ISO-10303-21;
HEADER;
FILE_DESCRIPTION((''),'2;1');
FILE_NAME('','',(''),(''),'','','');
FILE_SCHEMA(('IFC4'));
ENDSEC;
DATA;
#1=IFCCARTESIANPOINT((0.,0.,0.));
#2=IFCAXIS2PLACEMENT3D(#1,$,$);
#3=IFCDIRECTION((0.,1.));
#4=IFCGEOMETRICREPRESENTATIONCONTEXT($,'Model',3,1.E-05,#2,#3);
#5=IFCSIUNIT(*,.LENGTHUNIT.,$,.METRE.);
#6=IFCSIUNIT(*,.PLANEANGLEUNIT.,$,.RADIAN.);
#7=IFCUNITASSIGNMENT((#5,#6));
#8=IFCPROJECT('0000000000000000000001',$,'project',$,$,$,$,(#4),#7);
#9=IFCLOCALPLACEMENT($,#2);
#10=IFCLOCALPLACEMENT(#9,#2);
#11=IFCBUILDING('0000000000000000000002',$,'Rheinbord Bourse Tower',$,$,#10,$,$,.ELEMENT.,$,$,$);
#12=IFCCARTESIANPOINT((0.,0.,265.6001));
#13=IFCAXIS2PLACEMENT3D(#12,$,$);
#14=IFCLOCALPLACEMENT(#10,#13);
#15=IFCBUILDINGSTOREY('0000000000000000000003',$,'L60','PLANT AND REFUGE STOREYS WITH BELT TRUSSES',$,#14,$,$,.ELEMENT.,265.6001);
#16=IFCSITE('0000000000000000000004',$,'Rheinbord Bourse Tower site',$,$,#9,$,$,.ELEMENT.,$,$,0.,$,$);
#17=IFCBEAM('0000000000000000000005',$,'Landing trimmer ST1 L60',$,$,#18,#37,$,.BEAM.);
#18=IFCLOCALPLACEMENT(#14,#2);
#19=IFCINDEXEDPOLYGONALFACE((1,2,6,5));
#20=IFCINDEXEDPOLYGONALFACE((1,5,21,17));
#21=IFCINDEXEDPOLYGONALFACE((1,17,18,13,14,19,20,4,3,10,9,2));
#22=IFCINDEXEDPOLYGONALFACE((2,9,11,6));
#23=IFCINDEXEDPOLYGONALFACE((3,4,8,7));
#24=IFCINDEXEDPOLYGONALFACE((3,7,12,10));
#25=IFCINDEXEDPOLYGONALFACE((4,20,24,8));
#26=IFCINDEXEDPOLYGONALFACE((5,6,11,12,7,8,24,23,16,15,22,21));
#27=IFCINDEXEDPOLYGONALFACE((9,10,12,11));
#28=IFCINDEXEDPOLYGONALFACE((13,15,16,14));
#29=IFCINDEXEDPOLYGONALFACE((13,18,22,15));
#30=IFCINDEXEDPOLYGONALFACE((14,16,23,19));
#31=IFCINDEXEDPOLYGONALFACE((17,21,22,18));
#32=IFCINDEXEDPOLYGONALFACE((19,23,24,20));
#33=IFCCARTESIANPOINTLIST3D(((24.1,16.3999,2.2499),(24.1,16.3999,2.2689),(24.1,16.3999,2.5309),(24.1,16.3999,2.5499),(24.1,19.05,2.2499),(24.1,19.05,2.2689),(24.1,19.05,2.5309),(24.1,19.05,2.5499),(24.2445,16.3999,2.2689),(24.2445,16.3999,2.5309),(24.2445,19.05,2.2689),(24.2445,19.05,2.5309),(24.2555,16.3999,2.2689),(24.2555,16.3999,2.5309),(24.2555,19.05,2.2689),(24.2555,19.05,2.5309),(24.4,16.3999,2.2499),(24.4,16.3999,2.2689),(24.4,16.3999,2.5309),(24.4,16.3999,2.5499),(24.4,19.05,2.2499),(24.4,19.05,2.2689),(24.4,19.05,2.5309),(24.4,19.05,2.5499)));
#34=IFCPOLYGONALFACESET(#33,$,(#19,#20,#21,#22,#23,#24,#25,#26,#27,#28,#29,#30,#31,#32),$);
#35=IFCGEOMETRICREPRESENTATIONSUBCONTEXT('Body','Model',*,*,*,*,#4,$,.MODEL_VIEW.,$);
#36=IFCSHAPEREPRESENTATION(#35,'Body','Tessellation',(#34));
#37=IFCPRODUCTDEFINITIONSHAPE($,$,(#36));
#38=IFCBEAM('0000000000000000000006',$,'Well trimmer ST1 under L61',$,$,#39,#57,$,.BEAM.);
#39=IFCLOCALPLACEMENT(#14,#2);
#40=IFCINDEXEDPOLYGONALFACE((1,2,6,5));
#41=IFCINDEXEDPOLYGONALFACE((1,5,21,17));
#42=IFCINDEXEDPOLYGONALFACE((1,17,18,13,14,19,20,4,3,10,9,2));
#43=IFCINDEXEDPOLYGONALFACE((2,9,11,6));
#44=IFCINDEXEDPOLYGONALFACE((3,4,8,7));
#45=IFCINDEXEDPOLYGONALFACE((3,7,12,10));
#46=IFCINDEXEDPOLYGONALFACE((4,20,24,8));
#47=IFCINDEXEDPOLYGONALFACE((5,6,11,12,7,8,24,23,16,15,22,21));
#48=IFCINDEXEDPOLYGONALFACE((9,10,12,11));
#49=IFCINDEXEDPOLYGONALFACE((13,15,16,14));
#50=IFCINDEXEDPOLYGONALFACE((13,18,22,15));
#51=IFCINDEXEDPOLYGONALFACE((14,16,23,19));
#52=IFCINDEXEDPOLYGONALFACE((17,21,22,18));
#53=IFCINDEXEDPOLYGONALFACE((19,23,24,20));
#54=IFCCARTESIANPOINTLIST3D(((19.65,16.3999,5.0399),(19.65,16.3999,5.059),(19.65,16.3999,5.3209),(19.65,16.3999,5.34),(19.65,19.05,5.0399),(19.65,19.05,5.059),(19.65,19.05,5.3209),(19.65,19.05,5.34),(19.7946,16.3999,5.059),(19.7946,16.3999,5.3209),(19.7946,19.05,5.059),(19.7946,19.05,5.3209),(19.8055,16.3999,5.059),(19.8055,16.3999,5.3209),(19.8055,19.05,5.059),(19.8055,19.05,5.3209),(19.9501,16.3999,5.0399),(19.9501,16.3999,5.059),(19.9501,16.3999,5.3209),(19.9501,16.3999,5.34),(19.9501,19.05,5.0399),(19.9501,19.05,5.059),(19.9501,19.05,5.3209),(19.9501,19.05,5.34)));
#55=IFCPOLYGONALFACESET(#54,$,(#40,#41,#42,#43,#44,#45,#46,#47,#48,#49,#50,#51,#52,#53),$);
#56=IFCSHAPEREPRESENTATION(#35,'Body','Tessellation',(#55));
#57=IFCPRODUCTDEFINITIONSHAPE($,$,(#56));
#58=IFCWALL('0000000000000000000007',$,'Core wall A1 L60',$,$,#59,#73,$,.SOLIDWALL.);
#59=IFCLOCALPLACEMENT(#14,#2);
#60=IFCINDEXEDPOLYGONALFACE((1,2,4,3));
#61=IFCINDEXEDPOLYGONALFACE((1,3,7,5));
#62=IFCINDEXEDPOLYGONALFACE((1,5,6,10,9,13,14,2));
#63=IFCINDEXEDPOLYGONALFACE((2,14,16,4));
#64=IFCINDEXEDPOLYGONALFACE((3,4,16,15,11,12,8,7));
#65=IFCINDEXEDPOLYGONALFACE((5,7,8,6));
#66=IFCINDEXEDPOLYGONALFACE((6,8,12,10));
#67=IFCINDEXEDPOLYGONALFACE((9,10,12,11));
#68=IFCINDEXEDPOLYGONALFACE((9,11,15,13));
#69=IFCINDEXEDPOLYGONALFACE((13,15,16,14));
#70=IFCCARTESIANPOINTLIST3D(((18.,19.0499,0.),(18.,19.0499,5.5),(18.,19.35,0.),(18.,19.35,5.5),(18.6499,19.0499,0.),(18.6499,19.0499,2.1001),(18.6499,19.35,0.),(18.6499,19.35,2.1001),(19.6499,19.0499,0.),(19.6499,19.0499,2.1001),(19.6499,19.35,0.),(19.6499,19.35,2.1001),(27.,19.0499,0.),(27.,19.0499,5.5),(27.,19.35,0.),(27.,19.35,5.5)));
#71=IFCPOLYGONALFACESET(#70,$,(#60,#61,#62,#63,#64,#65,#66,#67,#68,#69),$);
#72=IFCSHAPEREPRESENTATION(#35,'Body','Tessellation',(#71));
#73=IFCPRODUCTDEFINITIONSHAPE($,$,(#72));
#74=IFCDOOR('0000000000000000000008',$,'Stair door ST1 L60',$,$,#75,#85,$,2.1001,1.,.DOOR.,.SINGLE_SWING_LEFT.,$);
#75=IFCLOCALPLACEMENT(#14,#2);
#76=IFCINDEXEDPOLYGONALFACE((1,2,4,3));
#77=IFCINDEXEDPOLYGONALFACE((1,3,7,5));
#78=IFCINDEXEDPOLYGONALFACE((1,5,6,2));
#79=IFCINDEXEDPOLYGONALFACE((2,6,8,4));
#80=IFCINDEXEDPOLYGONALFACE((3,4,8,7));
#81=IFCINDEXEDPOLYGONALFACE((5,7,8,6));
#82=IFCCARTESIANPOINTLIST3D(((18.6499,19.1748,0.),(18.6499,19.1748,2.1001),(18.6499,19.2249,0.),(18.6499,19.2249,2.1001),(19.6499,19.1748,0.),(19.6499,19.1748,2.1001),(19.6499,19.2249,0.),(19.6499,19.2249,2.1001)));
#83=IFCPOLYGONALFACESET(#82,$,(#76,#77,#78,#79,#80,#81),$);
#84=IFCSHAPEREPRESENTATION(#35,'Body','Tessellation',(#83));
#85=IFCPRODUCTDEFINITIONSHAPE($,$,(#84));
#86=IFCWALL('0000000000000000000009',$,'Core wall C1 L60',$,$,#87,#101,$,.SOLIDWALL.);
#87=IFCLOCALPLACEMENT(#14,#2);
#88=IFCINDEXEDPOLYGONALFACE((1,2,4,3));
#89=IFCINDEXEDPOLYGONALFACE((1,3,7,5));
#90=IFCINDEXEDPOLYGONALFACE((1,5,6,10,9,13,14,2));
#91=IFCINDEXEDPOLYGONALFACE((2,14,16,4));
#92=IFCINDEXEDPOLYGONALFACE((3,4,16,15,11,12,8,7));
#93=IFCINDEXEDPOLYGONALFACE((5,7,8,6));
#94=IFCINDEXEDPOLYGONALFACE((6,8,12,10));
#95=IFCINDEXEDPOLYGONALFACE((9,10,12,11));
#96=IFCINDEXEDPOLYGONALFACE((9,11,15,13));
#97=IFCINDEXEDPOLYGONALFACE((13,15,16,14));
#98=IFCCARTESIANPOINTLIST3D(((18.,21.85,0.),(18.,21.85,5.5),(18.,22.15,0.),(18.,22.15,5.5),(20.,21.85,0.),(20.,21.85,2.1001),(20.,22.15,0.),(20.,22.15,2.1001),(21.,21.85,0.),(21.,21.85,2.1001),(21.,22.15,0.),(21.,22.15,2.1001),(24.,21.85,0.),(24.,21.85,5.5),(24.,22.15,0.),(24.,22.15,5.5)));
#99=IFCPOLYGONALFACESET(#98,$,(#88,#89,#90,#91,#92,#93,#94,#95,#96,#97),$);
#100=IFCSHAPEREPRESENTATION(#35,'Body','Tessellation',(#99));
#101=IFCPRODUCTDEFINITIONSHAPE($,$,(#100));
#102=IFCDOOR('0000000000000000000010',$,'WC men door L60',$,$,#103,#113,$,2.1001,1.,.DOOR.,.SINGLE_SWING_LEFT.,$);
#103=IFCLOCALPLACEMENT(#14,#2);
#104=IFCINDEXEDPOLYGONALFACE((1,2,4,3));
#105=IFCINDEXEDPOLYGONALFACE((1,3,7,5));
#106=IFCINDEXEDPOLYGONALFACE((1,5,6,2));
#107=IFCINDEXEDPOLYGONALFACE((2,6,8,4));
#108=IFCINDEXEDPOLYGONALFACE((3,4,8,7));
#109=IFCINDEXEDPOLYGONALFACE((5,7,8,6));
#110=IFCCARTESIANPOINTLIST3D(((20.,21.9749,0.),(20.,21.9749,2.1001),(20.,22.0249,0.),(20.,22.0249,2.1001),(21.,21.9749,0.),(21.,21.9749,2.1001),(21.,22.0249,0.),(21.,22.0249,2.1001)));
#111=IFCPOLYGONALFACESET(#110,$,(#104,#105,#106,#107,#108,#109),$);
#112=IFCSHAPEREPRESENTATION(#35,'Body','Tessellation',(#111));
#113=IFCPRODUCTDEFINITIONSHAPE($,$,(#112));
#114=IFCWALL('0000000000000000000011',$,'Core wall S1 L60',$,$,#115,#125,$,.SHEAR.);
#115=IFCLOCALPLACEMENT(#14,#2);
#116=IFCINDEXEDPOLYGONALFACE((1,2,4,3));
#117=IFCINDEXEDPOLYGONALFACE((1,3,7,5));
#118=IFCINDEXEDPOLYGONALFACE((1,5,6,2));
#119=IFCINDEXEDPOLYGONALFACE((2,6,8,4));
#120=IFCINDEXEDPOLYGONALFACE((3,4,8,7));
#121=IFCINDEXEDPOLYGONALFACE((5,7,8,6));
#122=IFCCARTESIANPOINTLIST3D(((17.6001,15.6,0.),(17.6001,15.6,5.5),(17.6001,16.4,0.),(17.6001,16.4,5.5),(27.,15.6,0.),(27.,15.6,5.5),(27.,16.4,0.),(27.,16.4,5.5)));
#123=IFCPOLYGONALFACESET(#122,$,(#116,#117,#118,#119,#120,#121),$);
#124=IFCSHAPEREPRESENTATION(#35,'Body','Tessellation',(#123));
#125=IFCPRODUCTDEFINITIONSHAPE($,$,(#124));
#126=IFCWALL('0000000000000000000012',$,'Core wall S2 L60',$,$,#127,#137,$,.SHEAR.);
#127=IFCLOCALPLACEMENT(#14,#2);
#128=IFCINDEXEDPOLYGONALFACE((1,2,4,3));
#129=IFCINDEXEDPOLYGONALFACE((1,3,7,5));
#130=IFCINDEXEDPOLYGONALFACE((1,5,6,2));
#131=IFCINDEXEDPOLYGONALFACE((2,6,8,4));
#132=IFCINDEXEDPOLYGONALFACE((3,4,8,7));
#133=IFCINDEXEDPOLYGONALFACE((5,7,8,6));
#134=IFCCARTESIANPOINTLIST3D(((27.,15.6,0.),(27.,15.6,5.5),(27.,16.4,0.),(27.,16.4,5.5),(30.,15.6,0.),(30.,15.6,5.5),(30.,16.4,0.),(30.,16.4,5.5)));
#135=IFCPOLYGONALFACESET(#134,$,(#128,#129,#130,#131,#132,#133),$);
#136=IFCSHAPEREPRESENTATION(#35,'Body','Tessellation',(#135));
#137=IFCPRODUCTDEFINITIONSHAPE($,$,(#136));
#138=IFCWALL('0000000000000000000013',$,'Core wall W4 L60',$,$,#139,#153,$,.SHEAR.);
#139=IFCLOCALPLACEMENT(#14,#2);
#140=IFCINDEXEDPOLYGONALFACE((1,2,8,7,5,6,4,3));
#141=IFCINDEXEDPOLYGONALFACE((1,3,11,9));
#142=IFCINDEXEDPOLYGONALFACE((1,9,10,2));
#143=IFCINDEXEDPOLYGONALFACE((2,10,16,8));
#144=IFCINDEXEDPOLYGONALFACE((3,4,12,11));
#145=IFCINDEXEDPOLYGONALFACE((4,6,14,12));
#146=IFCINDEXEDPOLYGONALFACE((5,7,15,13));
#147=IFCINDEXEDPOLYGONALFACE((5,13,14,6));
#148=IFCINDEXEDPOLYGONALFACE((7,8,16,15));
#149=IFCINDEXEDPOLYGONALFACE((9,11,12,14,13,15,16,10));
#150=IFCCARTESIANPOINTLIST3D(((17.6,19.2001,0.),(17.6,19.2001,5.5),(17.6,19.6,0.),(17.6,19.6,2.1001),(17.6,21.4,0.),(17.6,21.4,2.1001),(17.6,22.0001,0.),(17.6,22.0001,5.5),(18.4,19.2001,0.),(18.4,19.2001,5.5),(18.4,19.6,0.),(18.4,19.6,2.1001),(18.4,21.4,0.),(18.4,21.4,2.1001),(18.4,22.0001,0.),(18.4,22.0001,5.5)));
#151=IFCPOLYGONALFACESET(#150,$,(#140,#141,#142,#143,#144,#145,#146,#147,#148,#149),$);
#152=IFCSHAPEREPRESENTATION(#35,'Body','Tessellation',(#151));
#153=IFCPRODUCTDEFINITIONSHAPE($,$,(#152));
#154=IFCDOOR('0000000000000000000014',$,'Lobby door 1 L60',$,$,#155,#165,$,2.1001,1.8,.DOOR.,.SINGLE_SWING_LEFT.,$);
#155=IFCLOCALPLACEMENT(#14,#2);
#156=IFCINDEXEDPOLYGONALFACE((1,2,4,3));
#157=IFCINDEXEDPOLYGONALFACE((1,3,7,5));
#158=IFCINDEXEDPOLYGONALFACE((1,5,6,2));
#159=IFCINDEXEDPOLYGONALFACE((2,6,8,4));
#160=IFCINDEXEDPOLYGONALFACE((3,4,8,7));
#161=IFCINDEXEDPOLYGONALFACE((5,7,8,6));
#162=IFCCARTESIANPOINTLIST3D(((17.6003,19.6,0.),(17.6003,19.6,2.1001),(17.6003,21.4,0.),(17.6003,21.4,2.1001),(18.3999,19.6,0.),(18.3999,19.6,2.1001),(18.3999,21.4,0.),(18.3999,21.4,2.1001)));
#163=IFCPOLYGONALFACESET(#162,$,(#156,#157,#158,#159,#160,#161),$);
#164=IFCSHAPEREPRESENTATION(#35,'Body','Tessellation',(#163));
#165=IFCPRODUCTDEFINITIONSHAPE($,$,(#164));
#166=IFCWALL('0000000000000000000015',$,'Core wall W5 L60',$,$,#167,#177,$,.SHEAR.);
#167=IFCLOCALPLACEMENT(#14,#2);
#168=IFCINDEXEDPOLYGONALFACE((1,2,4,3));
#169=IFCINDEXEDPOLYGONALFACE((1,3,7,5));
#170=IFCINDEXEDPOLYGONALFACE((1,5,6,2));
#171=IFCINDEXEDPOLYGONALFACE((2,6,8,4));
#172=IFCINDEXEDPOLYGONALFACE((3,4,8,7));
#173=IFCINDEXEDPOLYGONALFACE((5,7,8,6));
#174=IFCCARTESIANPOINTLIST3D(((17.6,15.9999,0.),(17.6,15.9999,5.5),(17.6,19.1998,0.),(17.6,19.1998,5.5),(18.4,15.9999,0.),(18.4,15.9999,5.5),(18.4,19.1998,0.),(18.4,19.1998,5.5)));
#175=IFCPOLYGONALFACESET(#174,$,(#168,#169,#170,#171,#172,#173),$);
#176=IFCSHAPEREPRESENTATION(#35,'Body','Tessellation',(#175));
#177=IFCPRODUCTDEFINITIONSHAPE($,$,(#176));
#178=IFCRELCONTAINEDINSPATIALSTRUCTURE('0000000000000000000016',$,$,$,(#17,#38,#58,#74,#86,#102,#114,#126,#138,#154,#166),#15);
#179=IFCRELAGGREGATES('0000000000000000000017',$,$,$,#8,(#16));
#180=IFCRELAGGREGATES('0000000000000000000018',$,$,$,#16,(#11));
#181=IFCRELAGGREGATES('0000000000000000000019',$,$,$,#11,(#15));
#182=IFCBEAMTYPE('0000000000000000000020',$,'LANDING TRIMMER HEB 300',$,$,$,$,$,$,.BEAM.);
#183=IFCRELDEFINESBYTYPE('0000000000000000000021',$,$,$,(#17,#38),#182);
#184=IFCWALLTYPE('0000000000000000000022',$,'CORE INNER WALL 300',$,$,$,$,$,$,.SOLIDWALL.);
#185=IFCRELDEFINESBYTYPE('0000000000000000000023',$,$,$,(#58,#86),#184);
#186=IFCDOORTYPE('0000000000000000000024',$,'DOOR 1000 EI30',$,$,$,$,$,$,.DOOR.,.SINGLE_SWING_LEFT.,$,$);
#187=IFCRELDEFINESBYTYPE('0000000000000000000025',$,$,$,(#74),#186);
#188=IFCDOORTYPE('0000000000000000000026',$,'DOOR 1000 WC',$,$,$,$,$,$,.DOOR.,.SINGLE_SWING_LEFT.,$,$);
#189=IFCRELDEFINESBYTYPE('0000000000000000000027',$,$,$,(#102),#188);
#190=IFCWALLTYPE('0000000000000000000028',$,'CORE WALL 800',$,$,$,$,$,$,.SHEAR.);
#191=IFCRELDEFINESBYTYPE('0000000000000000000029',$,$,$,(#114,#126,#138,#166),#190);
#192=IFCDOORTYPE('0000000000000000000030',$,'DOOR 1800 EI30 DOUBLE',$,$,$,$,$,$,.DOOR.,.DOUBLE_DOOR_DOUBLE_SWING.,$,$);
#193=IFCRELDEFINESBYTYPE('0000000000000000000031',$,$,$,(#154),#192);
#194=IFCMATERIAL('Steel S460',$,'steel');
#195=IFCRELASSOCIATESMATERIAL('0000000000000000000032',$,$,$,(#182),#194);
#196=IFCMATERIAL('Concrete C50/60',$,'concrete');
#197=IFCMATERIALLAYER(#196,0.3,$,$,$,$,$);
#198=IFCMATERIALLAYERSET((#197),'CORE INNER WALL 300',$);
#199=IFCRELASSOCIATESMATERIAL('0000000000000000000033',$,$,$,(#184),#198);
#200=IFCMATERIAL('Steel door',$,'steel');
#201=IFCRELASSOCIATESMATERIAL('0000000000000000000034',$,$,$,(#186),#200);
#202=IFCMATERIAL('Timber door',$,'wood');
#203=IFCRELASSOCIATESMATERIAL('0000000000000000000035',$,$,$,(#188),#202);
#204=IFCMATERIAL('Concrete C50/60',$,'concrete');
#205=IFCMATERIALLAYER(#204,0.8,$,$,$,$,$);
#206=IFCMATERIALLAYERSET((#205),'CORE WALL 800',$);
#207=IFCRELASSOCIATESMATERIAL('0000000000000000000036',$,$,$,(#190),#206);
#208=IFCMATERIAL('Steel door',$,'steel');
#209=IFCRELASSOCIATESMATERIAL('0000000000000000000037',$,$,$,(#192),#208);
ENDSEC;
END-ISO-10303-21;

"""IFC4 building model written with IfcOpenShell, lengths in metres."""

from ifc_helpers import new_model, si_unit, direction, frame, frame_2d, origin, origin_2d, place, context, subcontext, project, spatial, rectangle, i_section, extrude, material, layer, layer_set, material_profile, profile_set, type_object, element, fill, save


model = new_model("IFC4")

# Units and contexts
model_context = context("Model", 3, precision=1e-05, world=origin(), true_north=direction((0.0, 1.0)))
body_context = subcontext(model_context, "Body", "Model", "MODEL_VIEW")
ifc_project = project(units=[si_unit("LENGTHUNIT", "METRE"), si_unit("PLANEANGLEUNIT", "RADIAN")], contexts=[model_context])

# Site, building, storey
site_placement = place(None, origin())
site = spatial("IfcSite", under=ifc_project, at=site_placement, Name="Rheinbord Bourse Tower site", CompositionType="ELEMENT", RefElevation=0.0)
building_placement = place(site_placement, origin())
building = spatial("IfcBuilding", under=site, at=building_placement, Name="Rheinbord Bourse Tower", CompositionType="ELEMENT")
storey_placement = place(building_placement, frame((0.0, 0.0, 265.6001)))
storey = spatial("IfcBuildingStorey", under=building, at=storey_placement, Name="L60", Description="PLANT AND REFUGE STOREYS WITH BELT TRUSSES", CompositionType="ELEMENT", Elevation=265.6001)

# Beams
ifc_material_1 = material(Name="Steel S460", Category="steel")
ifc_material_profile_1 = material_profile(ifc_material_1, i_section(OverallWidth=0.3, OverallDepth=0.3, WebThickness=0.011, FlangeThickness=0.019, at=origin_2d()), Name="HEB 300")
ifc_profile_set_1 = profile_set([ifc_material_profile_1], Name="Steel S460")
beam_type_1 = type_object("IfcBeamType", Name="LANDING TRIMMER HEB 300", PredefinedType="BEAM", material=ifc_profile_set_1)
for number, where, z_axis, x_axis, name in (
    (1, (24.25, 16.3999, 2.3999), (0.0, 1.0, 0.0), (-1.0, 0.0, 0.0), "Landing trimmer ST1 L60"),
    (2, (19.8, 16.3999, 5.1899), (0.0, 1.0, 0.0), (-1.0, 0.0, 0.0), "Well trimmer ST1 under L61"),
):
    element("IfcBeam", number, at=place(storey_placement, frame(where, z_axis=z_axis, x_axis=x_axis)), inside=storey, type_object=beam_type_1, Name=name, PredefinedType="BEAM", context=body_context, shape_type="SweptSolid", body=[
        extrude(i_section(OverallWidth=0.3, OverallDepth=0.3, WebThickness=0.011, FlangeThickness=0.019, at=origin_2d()), origin(), (0.0, 0.0, 1.0), 2.6501),
    ])

# Walls, openings, doors
ifc_material_2 = material(Name="Concrete C50/60", Category="concrete")
ifc_layer_1 = layer(ifc_material_2, 0.3)
ifc_layer_set_1 = layer_set([ifc_layer_1], Name="CORE INNER WALL 300")
wall_type_1 = type_object("IfcWallType", Name="CORE INNER WALL 300", PredefinedType="SOLIDWALL", material=ifc_layer_set_1)
wall_1_placement = place(storey_placement, frame((18.0, 19.2, 0.0), z_axis=(0.0, 0.0, 1.0), x_axis=(1.0, 0.0, 0.0)))
wall_1 = element("IfcWall", 3, at=wall_1_placement, inside=storey, type_object=wall_type_1, Name="Core wall A1 L60", PredefinedType="SOLIDWALL", context=body_context, shape_type="SweptSolid", body=[
    extrude(rectangle(XDim=9.0, YDim=0.3, at=frame_2d((4.5, 0.0))), origin(), (0.0, 0.0, 1.0), 5.5),
])
opening_1_placement = place(wall_1_placement, frame((0.6499, 0.0, 0.0)))
opening_1 = element("IfcOpeningElement", 4, at=opening_1_placement, cuts=wall_1, PredefinedType="OPENING", context=body_context, shape_type="SweptSolid", body=[
    extrude(rectangle(XDim=1.0, YDim=2.1001, at=frame_2d((0.5, 1.05))), frame((0.0, 0.1599, 0.0), z_axis=(0.0, -1.0, 0.0), x_axis=(1.0, 0.0, 0.0)), (0.0, 0.0, 1.0), 0.3201),
])
ifc_material_3 = material(Name="Steel door", Category="steel")
door_type_1 = type_object("IfcDoorType", Name="DOOR 1000 EI30", OperationType="SINGLE_SWING_LEFT", PredefinedType="DOOR", material=ifc_material_3)
door_1_placement = place(opening_1_placement, origin())
door_1 = element("IfcDoor", 5, at=door_1_placement, inside=storey, type_object=door_type_1, Name="Stair door ST1 L60", OperationType="SINGLE_SWING_LEFT", OverallHeight=2.1001, OverallWidth=1.0, PredefinedType="DOOR", context=body_context, shape_type="SweptSolid", body=[
    extrude(rectangle(XDim=1.0, YDim=2.1001, at=frame_2d((0.5, 1.05))), frame((0.0, 0.0249, 0.0), z_axis=(0.0, -1.0, 0.0), x_axis=(1.0, 0.0, 0.0)), (0.0, 0.0, 1.0), 0.05),
])
fill(opening_1, door_1)
wall_2_placement = place(storey_placement, frame((18.0, 22.0, 0.0), z_axis=(0.0, 0.0, 1.0), x_axis=(1.0, 0.0, 0.0)))
wall_2 = element("IfcWall", 6, at=wall_2_placement, inside=storey, type_object=wall_type_1, Name="Core wall C1 L60", PredefinedType="SOLIDWALL", context=body_context, shape_type="SweptSolid", body=[
    extrude(rectangle(XDim=6.0, YDim=0.3, at=frame_2d((3.0, 0.0))), origin(), (0.0, 0.0, 1.0), 5.5),
])
opening_2_placement = place(wall_2_placement, frame((2.0, 0.0, 0.0)))
opening_2 = element("IfcOpeningElement", 7, at=opening_2_placement, cuts=wall_2, PredefinedType="OPENING", context=body_context, shape_type="SweptSolid", body=[
    extrude(rectangle(XDim=1.0, YDim=2.1001, at=frame_2d((0.5, 1.05))), frame((0.0, 0.1599, 0.0), z_axis=(0.0, -1.0, 0.0), x_axis=(1.0, 0.0, 0.0)), (0.0, 0.0, 1.0), 0.3201),
])
ifc_material_4 = material(Name="Timber door", Category="wood")
door_type_2 = type_object("IfcDoorType", Name="DOOR 1000 WC", OperationType="SINGLE_SWING_LEFT", PredefinedType="DOOR", material=ifc_material_4)
door_2_placement = place(opening_2_placement, origin())
door_2 = element("IfcDoor", 8, at=door_2_placement, inside=storey, type_object=door_type_2, Name="WC men door L60", OperationType="SINGLE_SWING_LEFT", OverallHeight=2.1001, OverallWidth=1.0, PredefinedType="DOOR", context=body_context, shape_type="SweptSolid", body=[
    extrude(rectangle(XDim=1.0, YDim=2.1001, at=frame_2d((0.5, 1.05))), frame((0.0, 0.0249, 0.0), z_axis=(0.0, -1.0, 0.0), x_axis=(1.0, 0.0, 0.0)), (0.0, 0.0, 1.0), 0.05),
])
fill(opening_2, door_2)

# Walls
ifc_material_5 = material(Name="Concrete C50/60", Category="concrete")
ifc_layer_2 = layer(ifc_material_5, 0.8)
ifc_layer_set_2 = layer_set([ifc_layer_2], Name="CORE WALL 800")
wall_type_2 = type_object("IfcWallType", Name="CORE WALL 800", PredefinedType="SHEAR", material=ifc_layer_set_2)
wall_3_placement = place(storey_placement, frame((17.6001, 16.0, 0.0), z_axis=(0.0, 0.0, 1.0), x_axis=(1.0, 0.0, 0.0)))
element("IfcWall", 9, at=wall_3_placement, inside=storey, type_object=wall_type_2, Name="Core wall S1 L60", PredefinedType="SHEAR", context=body_context, shape_type="SweptSolid", body=[
    extrude(rectangle(XDim=9.3999, YDim=0.8, at=frame_2d((4.7, 0.0))), origin(), (0.0, 0.0, 1.0), 5.5),
])
wall_4_placement = place(storey_placement, frame((27.0, 16.0, 0.0), z_axis=(0.0, 0.0, 1.0), x_axis=(1.0, 0.0, 0.0)))
element("IfcWall", 10, at=wall_4_placement, inside=storey, type_object=wall_type_2, Name="Core wall S2 L60", PredefinedType="SHEAR", context=body_context, shape_type="SweptSolid", body=[
    extrude(rectangle(XDim=3.0, YDim=0.8, at=frame_2d((1.5, 0.0))), origin(), (0.0, 0.0, 1.0), 5.5),
])

# Wall, opening, door
wall_5_placement = place(storey_placement, frame((18.0, 22.0, 0.0), z_axis=(0.0, 0.0, 1.0), x_axis=(0.0, -1.0, 0.0)))
wall_5 = element("IfcWall", 11, at=wall_5_placement, inside=storey, type_object=wall_type_2, Name="Core wall W4 L60", PredefinedType="SHEAR", context=body_context, shape_type="SweptSolid", body=[
    extrude(rectangle(XDim=2.8, YDim=0.8, at=frame_2d((1.3999, 0.0))), origin(), (0.0, 0.0, 1.0), 5.5),
])
opening_3_placement = place(wall_5_placement, frame((0.6001, 0.0, 0.0)))
opening_3 = element("IfcOpeningElement", 12, at=opening_3_placement, cuts=wall_5, PredefinedType="OPENING", context=body_context, shape_type="SweptSolid", body=[
    extrude(rectangle(XDim=1.8, YDim=2.1001, at=frame_2d((0.8999, 1.05))), frame((0.0, 0.4099, 0.0), z_axis=(0.0, -1.0, 0.0), x_axis=(1.0, 0.0, 0.0)), (0.0, 0.0, 1.0), 0.8201),
])
ifc_material_6 = material(Name="Steel door", Category="steel")
door_type_3 = type_object("IfcDoorType", Name="DOOR 1800 EI30 DOUBLE", OperationType="DOUBLE_DOOR_DOUBLE_SWING", PredefinedType="DOOR", material=ifc_material_6)
door_3_placement = place(opening_3_placement, origin())
door_3 = element("IfcDoor", 13, at=door_3_placement, inside=storey, type_object=door_type_3, Name="Lobby door 1 L60", OperationType="SINGLE_SWING_LEFT", OverallHeight=2.1001, OverallWidth=1.8, PredefinedType="DOOR", context=body_context, shape_type="SweptSolid", body=[
    extrude(rectangle(XDim=1.8, YDim=2.1001, at=frame_2d((0.8999, 1.05))), frame((0.0, 0.3999, 0.0), z_axis=(0.0, -1.0, 0.0), x_axis=(1.0, 0.0, 0.0)), (0.0, 0.0, 1.0), 0.7996),
])
fill(opening_3, door_3)

# Wall
wall_6_placement = place(storey_placement, frame((18.0, 19.2, 0.0), z_axis=(0.0, 0.0, 1.0), x_axis=(0.0, -1.0, 0.0)))
element("IfcWall", 14, at=wall_6_placement, inside=storey, type_object=wall_type_2, Name="Core wall W5 L60", PredefinedType="SHEAR", context=body_context, shape_type="SweptSolid", body=[
    extrude(rectangle(XDim=3.2, YDim=0.8, at=frame_2d((1.6001, 0.0))), origin(), (0.0, 0.0, 1.0), 5.5),
])

save(model, "model.ifc")
